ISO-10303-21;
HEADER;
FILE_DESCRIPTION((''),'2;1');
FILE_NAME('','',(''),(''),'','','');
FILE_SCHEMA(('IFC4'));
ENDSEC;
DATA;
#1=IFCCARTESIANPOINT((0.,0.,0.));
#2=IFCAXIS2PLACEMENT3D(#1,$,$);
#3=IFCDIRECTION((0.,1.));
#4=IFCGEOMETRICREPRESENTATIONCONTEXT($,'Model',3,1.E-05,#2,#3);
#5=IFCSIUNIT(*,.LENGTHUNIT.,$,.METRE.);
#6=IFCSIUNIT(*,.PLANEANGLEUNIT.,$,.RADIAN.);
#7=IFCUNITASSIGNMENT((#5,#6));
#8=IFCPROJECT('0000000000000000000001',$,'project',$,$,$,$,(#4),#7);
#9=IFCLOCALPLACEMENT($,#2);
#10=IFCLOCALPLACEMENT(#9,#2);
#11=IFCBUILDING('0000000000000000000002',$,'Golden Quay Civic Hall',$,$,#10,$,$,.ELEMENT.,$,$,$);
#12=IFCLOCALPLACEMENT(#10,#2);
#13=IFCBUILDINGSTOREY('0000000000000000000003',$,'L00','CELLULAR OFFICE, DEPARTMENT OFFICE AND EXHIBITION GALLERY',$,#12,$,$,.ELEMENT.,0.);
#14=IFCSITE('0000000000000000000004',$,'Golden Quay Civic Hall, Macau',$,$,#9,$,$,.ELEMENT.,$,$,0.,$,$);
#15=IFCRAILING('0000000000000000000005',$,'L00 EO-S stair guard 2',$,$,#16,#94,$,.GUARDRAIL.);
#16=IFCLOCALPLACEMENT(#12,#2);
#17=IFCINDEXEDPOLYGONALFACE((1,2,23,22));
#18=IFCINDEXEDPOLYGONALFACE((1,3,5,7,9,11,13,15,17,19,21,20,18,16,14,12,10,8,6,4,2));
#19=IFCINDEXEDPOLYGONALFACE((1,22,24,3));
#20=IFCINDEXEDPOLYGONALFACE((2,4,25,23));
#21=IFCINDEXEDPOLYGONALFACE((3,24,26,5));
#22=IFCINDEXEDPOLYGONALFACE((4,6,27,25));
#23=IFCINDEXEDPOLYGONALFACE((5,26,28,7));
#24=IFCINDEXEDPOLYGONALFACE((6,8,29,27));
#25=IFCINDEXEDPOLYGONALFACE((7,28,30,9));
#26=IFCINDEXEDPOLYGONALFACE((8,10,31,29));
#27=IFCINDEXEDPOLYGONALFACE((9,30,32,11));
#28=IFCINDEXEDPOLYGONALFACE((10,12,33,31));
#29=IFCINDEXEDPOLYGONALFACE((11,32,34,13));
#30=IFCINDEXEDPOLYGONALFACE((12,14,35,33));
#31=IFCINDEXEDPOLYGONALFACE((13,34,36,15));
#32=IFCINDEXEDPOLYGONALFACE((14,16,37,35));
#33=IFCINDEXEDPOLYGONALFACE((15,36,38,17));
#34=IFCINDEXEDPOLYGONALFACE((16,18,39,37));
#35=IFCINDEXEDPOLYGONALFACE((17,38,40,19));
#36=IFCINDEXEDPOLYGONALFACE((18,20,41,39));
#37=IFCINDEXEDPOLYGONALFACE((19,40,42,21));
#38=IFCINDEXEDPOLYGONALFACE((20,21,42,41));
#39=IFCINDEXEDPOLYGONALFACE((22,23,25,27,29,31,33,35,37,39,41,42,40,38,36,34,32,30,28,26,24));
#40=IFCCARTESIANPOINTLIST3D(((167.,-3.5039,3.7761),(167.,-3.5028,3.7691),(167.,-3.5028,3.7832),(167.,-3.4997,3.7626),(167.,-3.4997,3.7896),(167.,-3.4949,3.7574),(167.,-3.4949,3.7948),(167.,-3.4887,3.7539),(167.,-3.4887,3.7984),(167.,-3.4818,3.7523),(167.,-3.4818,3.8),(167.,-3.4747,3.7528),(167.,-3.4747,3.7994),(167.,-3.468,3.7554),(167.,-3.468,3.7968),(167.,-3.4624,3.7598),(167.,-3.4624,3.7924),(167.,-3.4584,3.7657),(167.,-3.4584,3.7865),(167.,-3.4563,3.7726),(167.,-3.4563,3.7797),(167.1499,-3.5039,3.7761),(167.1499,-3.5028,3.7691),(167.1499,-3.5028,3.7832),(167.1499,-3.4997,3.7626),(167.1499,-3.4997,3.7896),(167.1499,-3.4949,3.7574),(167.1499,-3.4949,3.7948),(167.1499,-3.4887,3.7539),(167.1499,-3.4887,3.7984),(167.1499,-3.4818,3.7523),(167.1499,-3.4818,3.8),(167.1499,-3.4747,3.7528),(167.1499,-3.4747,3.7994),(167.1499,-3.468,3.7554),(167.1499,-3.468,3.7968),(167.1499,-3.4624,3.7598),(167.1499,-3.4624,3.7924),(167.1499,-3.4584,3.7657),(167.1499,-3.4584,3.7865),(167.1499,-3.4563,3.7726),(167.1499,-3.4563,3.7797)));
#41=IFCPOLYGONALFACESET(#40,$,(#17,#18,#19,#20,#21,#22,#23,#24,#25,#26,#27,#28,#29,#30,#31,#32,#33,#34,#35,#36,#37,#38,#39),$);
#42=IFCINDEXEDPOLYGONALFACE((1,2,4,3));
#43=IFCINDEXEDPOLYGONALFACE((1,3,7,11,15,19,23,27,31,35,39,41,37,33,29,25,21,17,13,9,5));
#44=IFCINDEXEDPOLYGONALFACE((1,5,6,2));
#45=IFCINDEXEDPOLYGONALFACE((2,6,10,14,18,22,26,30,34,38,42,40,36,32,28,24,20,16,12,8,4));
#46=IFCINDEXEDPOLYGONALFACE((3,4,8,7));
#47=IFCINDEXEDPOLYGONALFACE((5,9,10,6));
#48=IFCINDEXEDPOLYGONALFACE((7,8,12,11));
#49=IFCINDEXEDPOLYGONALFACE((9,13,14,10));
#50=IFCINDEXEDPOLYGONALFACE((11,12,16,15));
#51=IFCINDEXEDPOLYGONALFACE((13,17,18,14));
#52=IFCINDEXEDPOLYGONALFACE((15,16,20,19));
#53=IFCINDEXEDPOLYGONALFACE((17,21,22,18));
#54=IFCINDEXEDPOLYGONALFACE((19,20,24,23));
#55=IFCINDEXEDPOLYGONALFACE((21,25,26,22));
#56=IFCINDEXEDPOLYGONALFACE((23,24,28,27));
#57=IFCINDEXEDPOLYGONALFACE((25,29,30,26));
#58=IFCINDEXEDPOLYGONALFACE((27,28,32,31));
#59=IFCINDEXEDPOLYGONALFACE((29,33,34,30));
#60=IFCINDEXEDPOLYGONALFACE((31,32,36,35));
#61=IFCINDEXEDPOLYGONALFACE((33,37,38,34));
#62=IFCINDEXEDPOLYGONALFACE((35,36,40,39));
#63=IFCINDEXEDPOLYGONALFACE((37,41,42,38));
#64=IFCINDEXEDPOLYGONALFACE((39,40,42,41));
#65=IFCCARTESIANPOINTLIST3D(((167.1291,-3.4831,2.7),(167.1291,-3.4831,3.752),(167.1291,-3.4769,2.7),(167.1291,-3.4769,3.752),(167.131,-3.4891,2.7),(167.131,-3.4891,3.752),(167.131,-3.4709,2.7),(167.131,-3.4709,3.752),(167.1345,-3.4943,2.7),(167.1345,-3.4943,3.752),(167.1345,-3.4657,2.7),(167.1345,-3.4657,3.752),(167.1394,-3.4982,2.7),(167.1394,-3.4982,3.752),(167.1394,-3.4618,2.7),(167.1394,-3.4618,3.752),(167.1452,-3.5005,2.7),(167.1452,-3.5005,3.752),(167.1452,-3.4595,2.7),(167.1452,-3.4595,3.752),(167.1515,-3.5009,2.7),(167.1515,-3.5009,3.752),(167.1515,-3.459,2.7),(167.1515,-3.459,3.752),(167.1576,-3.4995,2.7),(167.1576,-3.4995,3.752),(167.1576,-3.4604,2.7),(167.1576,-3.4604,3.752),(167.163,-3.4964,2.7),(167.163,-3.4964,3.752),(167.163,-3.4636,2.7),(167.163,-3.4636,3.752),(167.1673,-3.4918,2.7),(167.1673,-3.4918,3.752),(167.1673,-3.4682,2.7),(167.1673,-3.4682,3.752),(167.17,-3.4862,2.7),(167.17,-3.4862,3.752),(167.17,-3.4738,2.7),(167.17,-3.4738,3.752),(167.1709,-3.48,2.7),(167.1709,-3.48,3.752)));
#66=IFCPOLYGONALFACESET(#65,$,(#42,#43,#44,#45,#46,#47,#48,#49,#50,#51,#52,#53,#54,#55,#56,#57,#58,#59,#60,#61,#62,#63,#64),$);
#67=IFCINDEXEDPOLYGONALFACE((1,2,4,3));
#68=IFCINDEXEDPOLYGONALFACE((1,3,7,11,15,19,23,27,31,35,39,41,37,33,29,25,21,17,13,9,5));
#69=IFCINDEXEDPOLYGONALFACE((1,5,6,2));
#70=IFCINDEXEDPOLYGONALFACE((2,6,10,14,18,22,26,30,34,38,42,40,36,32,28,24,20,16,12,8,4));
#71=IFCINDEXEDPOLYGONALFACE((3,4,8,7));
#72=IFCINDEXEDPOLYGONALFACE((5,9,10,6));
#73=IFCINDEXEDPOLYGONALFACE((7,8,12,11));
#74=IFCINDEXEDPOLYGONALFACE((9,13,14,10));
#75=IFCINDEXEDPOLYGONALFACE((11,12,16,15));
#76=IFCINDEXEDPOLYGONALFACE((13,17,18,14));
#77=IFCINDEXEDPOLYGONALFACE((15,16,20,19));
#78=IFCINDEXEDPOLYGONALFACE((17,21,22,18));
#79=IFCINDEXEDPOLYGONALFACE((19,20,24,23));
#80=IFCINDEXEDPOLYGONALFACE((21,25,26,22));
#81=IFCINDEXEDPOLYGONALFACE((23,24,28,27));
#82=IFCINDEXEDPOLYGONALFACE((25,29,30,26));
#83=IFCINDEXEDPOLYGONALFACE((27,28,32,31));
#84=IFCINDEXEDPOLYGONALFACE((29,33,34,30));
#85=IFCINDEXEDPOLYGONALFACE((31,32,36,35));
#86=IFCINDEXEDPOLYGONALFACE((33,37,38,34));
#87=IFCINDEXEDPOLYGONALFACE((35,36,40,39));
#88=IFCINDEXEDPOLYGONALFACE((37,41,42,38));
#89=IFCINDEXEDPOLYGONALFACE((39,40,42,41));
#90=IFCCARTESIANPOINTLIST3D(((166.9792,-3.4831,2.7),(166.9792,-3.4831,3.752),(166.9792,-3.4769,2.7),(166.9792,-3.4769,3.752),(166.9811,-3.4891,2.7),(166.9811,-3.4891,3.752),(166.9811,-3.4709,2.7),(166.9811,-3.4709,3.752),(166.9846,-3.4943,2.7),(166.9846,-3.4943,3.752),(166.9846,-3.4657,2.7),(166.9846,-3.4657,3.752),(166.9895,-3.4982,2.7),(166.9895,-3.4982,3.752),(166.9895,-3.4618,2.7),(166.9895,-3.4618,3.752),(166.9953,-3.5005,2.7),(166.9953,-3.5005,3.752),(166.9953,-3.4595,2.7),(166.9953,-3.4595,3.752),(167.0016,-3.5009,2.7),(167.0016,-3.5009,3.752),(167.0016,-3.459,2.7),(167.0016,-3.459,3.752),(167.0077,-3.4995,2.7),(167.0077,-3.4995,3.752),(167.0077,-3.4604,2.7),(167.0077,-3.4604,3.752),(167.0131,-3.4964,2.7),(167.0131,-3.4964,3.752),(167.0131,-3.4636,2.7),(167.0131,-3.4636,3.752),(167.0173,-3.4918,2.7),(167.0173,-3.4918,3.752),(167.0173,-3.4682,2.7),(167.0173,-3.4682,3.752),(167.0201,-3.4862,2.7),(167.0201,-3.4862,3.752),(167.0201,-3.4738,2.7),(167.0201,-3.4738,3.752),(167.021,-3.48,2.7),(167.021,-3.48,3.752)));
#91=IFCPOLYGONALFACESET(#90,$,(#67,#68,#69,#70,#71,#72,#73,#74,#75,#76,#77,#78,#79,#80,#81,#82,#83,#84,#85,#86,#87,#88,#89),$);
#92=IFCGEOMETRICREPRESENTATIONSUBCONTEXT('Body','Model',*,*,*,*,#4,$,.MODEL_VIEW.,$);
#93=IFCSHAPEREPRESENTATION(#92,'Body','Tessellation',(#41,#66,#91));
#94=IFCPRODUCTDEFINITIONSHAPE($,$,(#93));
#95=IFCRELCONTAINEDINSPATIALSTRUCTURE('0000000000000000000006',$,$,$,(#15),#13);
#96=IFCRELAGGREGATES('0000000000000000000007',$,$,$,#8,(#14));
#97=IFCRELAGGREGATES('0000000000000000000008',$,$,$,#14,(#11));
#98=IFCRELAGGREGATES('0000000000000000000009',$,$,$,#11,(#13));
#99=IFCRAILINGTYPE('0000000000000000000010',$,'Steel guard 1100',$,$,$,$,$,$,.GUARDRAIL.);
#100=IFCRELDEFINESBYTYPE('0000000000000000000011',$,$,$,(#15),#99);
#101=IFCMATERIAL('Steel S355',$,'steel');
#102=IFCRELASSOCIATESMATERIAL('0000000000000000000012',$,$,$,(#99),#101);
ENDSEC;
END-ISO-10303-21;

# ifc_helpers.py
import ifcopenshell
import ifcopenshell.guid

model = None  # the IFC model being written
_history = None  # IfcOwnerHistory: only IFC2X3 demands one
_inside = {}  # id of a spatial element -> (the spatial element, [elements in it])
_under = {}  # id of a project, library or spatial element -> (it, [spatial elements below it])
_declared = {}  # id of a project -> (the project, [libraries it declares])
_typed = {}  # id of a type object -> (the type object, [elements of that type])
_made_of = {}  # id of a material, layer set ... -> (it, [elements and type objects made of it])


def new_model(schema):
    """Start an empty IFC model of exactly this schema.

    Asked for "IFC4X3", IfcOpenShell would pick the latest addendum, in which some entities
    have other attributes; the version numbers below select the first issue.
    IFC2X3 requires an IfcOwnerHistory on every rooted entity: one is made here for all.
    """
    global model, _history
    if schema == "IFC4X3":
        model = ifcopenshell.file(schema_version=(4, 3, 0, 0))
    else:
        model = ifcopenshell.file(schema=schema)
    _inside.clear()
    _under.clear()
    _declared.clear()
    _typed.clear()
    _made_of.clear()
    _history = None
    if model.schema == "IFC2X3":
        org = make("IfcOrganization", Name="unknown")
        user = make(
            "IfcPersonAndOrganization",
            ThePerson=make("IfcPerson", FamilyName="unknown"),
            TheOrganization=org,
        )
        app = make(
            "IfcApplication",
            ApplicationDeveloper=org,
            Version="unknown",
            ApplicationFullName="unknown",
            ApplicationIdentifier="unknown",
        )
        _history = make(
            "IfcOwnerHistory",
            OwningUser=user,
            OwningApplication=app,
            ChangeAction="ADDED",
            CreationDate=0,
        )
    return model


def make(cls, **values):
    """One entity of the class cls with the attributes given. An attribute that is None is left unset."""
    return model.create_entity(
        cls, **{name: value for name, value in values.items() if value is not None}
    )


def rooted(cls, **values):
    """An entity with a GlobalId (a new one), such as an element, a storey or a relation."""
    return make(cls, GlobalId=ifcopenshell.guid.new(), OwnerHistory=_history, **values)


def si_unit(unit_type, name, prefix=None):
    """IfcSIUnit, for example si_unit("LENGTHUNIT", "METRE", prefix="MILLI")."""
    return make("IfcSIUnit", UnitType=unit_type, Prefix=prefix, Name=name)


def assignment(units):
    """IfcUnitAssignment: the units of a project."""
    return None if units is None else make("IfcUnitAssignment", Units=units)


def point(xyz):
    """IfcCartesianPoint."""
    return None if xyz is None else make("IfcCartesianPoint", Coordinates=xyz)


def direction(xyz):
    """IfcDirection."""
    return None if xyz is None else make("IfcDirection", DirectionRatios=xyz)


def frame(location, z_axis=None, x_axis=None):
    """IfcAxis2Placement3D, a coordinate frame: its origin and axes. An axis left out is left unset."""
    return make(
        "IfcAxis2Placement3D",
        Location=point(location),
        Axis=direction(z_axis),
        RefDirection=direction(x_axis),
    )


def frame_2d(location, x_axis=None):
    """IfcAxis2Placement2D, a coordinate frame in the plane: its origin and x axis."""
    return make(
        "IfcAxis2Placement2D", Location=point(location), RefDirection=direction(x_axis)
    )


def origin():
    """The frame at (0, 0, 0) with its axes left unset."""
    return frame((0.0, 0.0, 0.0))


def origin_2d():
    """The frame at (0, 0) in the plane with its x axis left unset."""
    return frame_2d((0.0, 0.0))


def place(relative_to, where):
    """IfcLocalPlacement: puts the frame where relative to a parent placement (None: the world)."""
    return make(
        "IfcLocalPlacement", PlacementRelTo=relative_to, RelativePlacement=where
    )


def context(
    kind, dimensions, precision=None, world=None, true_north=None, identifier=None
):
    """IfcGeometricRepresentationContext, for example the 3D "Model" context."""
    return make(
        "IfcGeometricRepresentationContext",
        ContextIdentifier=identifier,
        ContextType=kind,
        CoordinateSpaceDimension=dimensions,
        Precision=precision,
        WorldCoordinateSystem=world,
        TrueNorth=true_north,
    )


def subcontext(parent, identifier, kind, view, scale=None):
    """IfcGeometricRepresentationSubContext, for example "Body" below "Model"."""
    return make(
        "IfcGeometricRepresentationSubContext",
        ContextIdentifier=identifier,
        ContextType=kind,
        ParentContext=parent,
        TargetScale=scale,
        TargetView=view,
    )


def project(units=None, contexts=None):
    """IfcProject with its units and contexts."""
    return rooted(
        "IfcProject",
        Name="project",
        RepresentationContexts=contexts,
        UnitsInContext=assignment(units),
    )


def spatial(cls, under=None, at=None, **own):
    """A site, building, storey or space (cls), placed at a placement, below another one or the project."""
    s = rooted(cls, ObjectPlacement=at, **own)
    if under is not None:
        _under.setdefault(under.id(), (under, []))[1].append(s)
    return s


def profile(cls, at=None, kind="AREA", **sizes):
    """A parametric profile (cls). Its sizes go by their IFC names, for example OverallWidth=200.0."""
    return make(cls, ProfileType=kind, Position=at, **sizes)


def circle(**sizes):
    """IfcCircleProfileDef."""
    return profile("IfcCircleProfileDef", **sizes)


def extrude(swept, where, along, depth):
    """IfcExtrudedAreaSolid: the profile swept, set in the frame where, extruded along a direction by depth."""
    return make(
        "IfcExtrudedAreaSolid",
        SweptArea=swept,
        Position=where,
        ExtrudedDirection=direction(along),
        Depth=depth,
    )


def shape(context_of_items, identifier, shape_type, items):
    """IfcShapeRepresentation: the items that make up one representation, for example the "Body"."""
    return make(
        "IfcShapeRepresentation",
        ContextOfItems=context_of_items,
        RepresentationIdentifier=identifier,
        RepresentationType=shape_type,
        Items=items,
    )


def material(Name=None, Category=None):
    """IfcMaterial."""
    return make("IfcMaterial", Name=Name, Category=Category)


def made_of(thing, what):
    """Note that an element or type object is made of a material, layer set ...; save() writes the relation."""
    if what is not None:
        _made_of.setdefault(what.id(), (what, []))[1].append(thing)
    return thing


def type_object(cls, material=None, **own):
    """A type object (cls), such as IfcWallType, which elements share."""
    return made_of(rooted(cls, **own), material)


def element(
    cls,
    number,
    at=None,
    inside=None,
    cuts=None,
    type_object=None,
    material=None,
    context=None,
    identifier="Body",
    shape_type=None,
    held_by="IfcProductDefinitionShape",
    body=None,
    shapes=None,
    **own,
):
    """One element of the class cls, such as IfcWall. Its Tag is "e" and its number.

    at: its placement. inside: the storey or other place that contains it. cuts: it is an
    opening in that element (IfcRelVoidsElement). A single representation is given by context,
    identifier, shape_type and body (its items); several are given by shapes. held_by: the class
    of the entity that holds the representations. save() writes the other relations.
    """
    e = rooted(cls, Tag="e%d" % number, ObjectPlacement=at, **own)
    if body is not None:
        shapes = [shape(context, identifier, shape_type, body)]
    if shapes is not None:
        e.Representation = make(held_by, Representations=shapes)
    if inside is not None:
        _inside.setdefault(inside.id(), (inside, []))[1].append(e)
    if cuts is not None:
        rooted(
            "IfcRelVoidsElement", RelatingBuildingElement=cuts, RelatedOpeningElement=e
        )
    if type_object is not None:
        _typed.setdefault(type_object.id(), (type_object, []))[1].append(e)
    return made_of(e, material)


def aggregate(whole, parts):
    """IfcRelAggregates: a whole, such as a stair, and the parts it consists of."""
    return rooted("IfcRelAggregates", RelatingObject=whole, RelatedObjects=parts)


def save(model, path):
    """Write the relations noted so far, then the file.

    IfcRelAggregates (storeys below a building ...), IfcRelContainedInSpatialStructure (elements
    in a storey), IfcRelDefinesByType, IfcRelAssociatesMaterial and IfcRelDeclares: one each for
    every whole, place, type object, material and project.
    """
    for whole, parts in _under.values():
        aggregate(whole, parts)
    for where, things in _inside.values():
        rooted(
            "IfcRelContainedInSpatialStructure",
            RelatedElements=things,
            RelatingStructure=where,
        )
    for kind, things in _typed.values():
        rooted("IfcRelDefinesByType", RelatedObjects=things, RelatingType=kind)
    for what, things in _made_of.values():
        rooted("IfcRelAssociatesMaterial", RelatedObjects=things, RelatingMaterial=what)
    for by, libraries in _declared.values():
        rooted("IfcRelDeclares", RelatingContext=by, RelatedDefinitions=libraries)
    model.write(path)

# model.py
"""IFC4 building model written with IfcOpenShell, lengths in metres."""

from ifc_helpers import new_model, si_unit, direction, frame, origin, origin_2d, place, context, subcontext, project, spatial, circle, extrude, material, type_object, element, save


model = new_model("IFC4")

# Units and contexts
model_context = context("Model", 3, precision=1e-05, world=origin(), true_north=direction((0.0, 1.0)))
body_context = subcontext(model_context, "Body", "Model", "MODEL_VIEW")
ifc_project = project(units=[si_unit("LENGTHUNIT", "METRE"), si_unit("PLANEANGLEUNIT", "RADIAN")], contexts=[model_context])

# Site, building, storey
site_placement = place(None, origin())
site = spatial("IfcSite", under=ifc_project, at=site_placement, Name="Golden Quay Civic Hall, Macau", CompositionType="ELEMENT", RefElevation=0.0)
building_placement = place(site_placement, origin())
building = spatial("IfcBuilding", under=site, at=building_placement, Name="Golden Quay Civic Hall", CompositionType="ELEMENT")
storey_placement = place(building_placement, origin())
storey = spatial("IfcBuildingStorey", under=building, at=storey_placement, Name="L00", Description="CELLULAR OFFICE, DEPARTMENT OFFICE AND EXHIBITION GALLERY", CompositionType="ELEMENT", Elevation=0.0)

# Railing
ifc_material_1 = material(Name="Steel S355", Category="steel")
railing_type_1 = type_object("IfcRailingType", Name="Steel guard 1100", PredefinedType="GUARDRAIL", material=ifc_material_1)
railing_1_placement = place(storey_placement, frame((167.1499, -3.48, 2.7)))
element("IfcRailing", 1, at=railing_1_placement, inside=storey, type_object=railing_type_1, Name="L00 EO-S stair guard 2", PredefinedType="GUARDRAIL", context=body_context, shape_type="SweptSolid", body=[
    extrude(circle(Radius=0.0239, at=origin_2d()), frame((0.0, 0.0, 1.0762), z_axis=(-1.0, 0.0, 0.0), x_axis=(0.0, -1.0, 0.0)), (0.0, 0.0, 1.0), 0.1499),
    extrude(circle(Radius=0.021, at=origin_2d()), origin(), (0.0, 0.0, 1.0), 1.052),
    extrude(circle(Radius=0.021, at=origin_2d()), frame((-0.1499, 0.0, 0.0)), (0.0, 0.0, 1.0), 1.052),
])

save(model, "model.ifc")
